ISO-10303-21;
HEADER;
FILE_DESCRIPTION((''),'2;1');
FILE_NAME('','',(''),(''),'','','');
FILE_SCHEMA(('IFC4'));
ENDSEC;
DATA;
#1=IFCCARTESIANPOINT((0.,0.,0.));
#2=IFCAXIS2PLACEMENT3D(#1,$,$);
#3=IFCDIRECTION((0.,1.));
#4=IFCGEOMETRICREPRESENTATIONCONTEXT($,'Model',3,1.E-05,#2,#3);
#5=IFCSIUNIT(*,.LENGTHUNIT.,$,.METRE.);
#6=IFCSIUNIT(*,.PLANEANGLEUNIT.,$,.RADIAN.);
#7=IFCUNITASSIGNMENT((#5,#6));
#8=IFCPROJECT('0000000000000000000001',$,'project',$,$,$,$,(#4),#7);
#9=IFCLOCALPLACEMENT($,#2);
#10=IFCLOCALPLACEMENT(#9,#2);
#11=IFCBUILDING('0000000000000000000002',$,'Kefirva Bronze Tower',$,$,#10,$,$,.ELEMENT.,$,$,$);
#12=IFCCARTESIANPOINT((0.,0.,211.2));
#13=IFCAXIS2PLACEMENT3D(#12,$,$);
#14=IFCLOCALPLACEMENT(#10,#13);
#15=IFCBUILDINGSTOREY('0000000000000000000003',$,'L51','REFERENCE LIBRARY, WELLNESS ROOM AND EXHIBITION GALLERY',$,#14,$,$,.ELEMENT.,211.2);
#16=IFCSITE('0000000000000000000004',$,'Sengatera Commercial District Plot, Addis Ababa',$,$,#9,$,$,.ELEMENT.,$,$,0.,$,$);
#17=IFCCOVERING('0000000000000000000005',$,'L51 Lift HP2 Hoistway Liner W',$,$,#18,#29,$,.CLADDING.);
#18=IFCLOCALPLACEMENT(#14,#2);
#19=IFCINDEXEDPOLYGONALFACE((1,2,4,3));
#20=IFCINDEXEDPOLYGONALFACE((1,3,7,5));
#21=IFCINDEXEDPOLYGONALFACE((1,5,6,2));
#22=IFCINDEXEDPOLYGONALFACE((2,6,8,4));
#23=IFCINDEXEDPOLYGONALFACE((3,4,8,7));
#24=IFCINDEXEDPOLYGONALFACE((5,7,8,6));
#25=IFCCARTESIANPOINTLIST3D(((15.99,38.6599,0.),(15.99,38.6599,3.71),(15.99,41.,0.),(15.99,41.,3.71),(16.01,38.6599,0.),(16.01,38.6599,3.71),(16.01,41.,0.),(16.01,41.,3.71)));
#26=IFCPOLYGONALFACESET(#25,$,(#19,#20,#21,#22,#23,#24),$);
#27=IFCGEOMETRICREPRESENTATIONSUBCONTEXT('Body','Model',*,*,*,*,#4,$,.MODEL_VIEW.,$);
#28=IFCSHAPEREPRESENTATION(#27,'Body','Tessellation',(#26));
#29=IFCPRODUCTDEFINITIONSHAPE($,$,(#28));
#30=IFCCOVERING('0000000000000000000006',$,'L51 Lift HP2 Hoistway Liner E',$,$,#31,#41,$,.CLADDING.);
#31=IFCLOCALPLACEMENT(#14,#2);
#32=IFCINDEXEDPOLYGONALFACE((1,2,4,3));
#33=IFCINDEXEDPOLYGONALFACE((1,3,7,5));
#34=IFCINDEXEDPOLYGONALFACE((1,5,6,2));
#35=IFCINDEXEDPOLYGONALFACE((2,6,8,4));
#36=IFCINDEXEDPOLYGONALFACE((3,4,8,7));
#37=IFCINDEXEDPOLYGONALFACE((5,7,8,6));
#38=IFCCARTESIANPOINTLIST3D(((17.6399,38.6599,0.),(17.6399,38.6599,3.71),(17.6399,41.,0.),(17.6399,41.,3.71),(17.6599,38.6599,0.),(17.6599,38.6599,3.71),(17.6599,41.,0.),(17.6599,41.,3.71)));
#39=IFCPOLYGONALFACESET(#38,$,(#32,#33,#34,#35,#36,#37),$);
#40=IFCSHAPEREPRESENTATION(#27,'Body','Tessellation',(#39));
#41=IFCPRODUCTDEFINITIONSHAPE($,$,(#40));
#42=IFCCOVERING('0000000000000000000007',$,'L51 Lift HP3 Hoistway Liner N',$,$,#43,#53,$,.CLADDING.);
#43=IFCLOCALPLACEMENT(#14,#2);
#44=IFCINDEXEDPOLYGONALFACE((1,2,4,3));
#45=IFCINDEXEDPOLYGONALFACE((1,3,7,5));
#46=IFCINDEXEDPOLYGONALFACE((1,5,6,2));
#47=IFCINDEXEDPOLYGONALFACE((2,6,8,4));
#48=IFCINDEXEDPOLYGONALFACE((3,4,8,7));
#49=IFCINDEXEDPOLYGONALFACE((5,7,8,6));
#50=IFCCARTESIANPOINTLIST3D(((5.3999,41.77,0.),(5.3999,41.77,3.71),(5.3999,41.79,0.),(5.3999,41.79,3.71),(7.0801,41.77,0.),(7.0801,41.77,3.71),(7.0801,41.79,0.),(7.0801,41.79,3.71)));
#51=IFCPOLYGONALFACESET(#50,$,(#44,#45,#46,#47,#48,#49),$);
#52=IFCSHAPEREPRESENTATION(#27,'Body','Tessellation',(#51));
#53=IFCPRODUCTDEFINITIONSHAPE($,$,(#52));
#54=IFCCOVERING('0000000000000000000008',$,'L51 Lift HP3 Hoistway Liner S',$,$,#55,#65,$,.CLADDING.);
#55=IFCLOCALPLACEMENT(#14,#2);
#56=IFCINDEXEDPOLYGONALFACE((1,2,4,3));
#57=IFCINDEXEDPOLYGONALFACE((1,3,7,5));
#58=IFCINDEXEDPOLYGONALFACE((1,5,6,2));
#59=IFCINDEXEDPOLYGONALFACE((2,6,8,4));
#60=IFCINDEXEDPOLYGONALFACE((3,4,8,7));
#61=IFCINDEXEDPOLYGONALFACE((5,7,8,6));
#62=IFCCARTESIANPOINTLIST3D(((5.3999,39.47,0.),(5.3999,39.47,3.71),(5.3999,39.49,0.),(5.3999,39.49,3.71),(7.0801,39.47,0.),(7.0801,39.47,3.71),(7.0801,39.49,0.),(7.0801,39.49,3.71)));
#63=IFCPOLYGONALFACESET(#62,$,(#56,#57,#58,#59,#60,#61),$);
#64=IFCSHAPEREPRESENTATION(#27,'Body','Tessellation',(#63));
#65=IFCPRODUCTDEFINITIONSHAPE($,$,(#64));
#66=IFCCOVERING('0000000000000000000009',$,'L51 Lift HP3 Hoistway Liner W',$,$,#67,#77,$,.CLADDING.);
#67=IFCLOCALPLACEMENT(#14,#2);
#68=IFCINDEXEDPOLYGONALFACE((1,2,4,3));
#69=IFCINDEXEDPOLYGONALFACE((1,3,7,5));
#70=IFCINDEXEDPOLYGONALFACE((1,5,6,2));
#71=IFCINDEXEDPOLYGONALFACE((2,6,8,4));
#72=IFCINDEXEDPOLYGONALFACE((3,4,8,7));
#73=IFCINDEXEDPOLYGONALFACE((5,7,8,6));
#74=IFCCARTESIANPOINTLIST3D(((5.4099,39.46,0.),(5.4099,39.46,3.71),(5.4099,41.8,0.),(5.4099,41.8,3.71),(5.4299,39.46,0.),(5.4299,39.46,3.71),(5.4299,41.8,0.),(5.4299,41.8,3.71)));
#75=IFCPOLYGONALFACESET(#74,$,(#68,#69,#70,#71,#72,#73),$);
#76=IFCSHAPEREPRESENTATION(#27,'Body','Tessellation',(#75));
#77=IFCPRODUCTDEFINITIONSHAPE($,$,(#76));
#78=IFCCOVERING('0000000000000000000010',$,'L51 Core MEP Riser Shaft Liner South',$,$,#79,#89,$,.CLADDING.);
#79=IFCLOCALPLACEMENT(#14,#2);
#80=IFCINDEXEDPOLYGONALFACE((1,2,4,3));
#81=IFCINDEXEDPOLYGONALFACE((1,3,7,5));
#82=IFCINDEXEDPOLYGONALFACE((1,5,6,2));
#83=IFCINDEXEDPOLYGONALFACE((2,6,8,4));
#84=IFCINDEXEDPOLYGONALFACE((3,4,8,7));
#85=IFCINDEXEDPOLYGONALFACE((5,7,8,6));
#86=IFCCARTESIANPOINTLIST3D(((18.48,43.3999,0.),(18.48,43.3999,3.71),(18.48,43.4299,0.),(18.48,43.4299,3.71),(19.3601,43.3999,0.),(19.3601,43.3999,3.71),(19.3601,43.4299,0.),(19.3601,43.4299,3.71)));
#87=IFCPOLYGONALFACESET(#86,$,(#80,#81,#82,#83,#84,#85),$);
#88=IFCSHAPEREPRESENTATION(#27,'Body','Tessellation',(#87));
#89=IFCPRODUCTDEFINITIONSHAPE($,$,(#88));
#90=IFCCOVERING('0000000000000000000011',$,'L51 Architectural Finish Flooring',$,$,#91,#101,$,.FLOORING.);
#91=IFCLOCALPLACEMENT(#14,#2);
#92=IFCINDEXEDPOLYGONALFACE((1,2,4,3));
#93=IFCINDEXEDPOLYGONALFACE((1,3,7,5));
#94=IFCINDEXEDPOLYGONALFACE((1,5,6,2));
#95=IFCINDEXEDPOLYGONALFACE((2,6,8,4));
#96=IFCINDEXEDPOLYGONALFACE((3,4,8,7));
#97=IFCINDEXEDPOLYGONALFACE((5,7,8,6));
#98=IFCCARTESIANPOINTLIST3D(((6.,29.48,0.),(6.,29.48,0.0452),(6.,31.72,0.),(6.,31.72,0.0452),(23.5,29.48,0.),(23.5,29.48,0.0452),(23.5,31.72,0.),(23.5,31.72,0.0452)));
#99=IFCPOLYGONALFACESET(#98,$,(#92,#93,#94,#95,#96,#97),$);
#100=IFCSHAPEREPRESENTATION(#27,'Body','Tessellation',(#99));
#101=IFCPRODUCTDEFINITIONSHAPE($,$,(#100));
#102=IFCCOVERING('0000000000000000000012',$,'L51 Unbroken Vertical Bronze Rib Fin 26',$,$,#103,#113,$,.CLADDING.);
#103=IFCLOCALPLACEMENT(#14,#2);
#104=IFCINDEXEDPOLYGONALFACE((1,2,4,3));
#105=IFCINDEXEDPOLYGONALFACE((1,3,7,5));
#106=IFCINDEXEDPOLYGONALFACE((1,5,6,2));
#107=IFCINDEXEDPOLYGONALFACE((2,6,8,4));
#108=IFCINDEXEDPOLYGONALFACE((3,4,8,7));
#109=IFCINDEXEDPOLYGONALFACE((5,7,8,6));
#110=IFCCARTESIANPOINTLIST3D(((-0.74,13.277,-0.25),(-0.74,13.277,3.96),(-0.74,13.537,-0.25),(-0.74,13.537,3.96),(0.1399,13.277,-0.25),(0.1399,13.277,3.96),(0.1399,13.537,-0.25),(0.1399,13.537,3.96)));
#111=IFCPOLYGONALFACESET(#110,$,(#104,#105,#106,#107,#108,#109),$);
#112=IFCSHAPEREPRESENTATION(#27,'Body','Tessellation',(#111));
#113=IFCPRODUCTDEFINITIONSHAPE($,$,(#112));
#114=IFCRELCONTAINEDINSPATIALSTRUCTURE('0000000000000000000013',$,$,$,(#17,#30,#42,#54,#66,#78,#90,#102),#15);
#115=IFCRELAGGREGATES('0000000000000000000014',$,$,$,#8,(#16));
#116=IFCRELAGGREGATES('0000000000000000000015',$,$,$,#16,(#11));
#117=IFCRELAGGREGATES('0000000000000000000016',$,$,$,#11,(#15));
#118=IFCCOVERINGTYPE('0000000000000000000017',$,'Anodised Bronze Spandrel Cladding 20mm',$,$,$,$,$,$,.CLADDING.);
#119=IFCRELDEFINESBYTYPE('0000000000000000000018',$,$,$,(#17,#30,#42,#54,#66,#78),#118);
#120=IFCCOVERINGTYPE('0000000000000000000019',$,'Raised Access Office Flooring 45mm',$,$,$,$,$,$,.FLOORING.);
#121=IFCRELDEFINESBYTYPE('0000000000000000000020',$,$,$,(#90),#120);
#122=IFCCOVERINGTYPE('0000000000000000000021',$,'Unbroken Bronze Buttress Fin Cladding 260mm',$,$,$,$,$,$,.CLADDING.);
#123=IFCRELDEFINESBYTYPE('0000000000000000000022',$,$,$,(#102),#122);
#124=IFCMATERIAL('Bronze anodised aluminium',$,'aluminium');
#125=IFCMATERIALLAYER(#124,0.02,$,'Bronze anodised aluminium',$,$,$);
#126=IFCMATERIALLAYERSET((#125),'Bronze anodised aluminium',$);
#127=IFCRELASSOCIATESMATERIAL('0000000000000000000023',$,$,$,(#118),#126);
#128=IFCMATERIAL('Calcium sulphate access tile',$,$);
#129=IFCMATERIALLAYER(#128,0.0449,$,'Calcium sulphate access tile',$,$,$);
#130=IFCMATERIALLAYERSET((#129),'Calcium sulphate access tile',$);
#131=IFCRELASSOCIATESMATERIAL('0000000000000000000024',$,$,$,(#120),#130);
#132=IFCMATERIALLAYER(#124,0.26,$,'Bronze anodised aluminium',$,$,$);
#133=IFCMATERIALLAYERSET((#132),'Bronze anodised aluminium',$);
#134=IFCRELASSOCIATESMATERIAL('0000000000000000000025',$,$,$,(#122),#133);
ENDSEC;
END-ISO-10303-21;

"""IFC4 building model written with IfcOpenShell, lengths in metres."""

from ifc_helpers import new_model, si_unit, direction, frame, origin, origin_2d, place, context, subcontext, project, spatial, polyline, rectangle, outline, extrude, material, layer, layer_set, type_object, element, save


model = new_model("IFC4")

# Units and contexts
model_context = context("Model", 3, precision=1e-05, world=origin(), true_north=direction((0.0, 1.0)))
body_context = subcontext(model_context, "Body", "Model", "MODEL_VIEW")
ifc_project = project(units=[si_unit("LENGTHUNIT", "METRE"), si_unit("PLANEANGLEUNIT", "RADIAN")], contexts=[model_context])

# Site, building, storey
site_placement = place(None, origin())
site = spatial("IfcSite", under=ifc_project, at=site_placement, Name="Sengatera Commercial District Plot, Addis Ababa", CompositionType="ELEMENT", RefElevation=0.0)
building_placement = place(site_placement, origin())
building = spatial("IfcBuilding", under=site, at=building_placement, Name="Kefirva Bronze Tower", CompositionType="ELEMENT")
storey_placement = place(building_placement, frame((0.0, 0.0, 211.2)))
storey = spatial("IfcBuildingStorey", under=building, at=storey_placement, Name="L51", Description="REFERENCE LIBRARY, WELLNESS ROOM AND EXHIBITION GALLERY", CompositionType="ELEMENT", Elevation=211.2)

# Coverings
ifc_material_1 = material(Name="Bronze anodised aluminium", Category="aluminium")
ifc_layer_1 = layer(ifc_material_1, 0.02, Name="Bronze anodised aluminium")
ifc_layer_set_1 = layer_set([ifc_layer_1], Name="Bronze anodised aluminium")
covering_type_1 = type_object("IfcCoveringType", Name="Anodised Bronze Spandrel Cladding 20mm", PredefinedType="CLADDING", material=ifc_layer_set_1)
covering_1_placement = place(storey_placement, origin())
element("IfcCovering", 1, at=covering_1_placement, inside=storey, type_object=covering_type_1, Name="L51 Lift HP2 Hoistway Liner W", PredefinedType="CLADDING", context=body_context, shape_type="SweptSolid", body=[
    extrude(outline(polyline([(15.99, 38.6599), (16.01, 38.6599), (16.01, 41.0), (15.99, 41.0), (15.99, 38.6599)])), origin(), (0.0, 0.0, 1.0), 3.71),
])
covering_2_placement = place(storey_placement, origin())
element("IfcCovering", 2, at=covering_2_placement, inside=storey, type_object=covering_type_1, Name="L51 Lift HP2 Hoistway Liner E", PredefinedType="CLADDING", context=body_context, shape_type="SweptSolid", body=[
    extrude(outline(polyline([(17.6399, 38.6599), (17.6599, 38.6599), (17.6599, 41.0), (17.6399, 41.0), (17.6399, 38.6599)])), origin(), (0.0, 0.0, 1.0), 3.71),
])
covering_3_placement = place(storey_placement, origin())
element("IfcCovering", 3, at=covering_3_placement, inside=storey, type_object=covering_type_1, Name="L51 Lift HP3 Hoistway Liner N", PredefinedType="CLADDING", context=body_context, shape_type="SweptSolid", body=[
    extrude(outline(polyline([(5.3999, 41.77), (7.0801, 41.77), (7.0801, 41.79), (5.3999, 41.79), (5.3999, 41.77)])), origin(), (0.0, 0.0, 1.0), 3.71),
])
covering_4_placement = place(storey_placement, origin())
element("IfcCovering", 4, at=covering_4_placement, inside=storey, type_object=covering_type_1, Name="L51 Lift HP3 Hoistway Liner S", PredefinedType="CLADDING", context=body_context, shape_type="SweptSolid", body=[
    extrude(outline(polyline([(5.3999, 39.47), (7.0801, 39.47), (7.0801, 39.49), (5.3999, 39.49), (5.3999, 39.47)])), origin(), (0.0, 0.0, 1.0), 3.71),
])
covering_5_placement = place(storey_placement, origin())
element("IfcCovering", 5, at=covering_5_placement, inside=storey, type_object=covering_type_1, Name="L51 Lift HP3 Hoistway Liner W", PredefinedType="CLADDING", context=body_context, shape_type="SweptSolid", body=[
    extrude(outline(polyline([(5.4099, 39.46), (5.4299, 39.46), (5.4299, 41.8), (5.4099, 41.8), (5.4099, 39.46)])), origin(), (0.0, 0.0, 1.0), 3.71),
])
covering_6_placement = place(storey_placement, origin())
element("IfcCovering", 6, at=covering_6_placement, inside=storey, type_object=covering_type_1, Name="L51 Core MEP Riser Shaft Liner South", PredefinedType="CLADDING", context=body_context, shape_type="SweptSolid", body=[
    extrude(outline(polyline([(18.48, 43.3999), (19.3601, 43.3999), (19.3601, 43.4299), (18.48, 43.4299), (18.48, 43.3999)])), origin(), (0.0, 0.0, 1.0), 3.71),
])
ifc_material_2 = material(Name="Calcium sulphate access tile")
ifc_layer_2 = layer(ifc_material_2, 0.0449, Name="Calcium sulphate access tile")
ifc_layer_set_2 = layer_set([ifc_layer_2], Name="Calcium sulphate access tile")
covering_type_2 = type_object("IfcCoveringType", Name="Raised Access Office Flooring 45mm", PredefinedType="FLOORING", material=ifc_layer_set_2)
covering_7_placement = place(storey_placement, origin())
element("IfcCovering", 7, at=covering_7_placement, inside=storey, type_object=covering_type_2, Name="L51 Architectural Finish Flooring", PredefinedType="FLOORING", context=body_context, shape_type="SweptSolid", body=[
    extrude(outline(polyline([(6.0, 29.48), (23.5, 29.48), (23.5, 31.72), (6.0, 31.72), (6.0, 29.48)])), origin(), (0.0, 0.0, 1.0), 0.0452),
])
ifc_layer_3 = layer(ifc_material_1, 0.26, Name="Bronze anodised aluminium")
ifc_layer_set_3 = layer_set([ifc_layer_3], Name="Bronze anodised aluminium")
covering_type_3 = type_object("IfcCoveringType", Name="Unbroken Bronze Buttress Fin Cladding 260mm", PredefinedType="CLADDING", material=ifc_layer_set_3)
covering_8_placement = place(storey_placement, frame((-0.3, 13.407, -0.25), z_axis=(0.0, 0.0, 1.0), x_axis=(0.0, -1.0, 0.0)))
element("IfcCovering", 8, at=covering_8_placement, inside=storey, type_object=covering_type_3, Name="L51 Unbroken Vertical Bronze Rib Fin 26", PredefinedType="CLADDING", context=body_context, shape_type="SweptSolid", body=[
    extrude(rectangle(XDim=0.26, YDim=0.8799, at=origin_2d()), origin(), (0.0, 0.0, 1.0), 4.21),
])

save(model, "model.ifc")
